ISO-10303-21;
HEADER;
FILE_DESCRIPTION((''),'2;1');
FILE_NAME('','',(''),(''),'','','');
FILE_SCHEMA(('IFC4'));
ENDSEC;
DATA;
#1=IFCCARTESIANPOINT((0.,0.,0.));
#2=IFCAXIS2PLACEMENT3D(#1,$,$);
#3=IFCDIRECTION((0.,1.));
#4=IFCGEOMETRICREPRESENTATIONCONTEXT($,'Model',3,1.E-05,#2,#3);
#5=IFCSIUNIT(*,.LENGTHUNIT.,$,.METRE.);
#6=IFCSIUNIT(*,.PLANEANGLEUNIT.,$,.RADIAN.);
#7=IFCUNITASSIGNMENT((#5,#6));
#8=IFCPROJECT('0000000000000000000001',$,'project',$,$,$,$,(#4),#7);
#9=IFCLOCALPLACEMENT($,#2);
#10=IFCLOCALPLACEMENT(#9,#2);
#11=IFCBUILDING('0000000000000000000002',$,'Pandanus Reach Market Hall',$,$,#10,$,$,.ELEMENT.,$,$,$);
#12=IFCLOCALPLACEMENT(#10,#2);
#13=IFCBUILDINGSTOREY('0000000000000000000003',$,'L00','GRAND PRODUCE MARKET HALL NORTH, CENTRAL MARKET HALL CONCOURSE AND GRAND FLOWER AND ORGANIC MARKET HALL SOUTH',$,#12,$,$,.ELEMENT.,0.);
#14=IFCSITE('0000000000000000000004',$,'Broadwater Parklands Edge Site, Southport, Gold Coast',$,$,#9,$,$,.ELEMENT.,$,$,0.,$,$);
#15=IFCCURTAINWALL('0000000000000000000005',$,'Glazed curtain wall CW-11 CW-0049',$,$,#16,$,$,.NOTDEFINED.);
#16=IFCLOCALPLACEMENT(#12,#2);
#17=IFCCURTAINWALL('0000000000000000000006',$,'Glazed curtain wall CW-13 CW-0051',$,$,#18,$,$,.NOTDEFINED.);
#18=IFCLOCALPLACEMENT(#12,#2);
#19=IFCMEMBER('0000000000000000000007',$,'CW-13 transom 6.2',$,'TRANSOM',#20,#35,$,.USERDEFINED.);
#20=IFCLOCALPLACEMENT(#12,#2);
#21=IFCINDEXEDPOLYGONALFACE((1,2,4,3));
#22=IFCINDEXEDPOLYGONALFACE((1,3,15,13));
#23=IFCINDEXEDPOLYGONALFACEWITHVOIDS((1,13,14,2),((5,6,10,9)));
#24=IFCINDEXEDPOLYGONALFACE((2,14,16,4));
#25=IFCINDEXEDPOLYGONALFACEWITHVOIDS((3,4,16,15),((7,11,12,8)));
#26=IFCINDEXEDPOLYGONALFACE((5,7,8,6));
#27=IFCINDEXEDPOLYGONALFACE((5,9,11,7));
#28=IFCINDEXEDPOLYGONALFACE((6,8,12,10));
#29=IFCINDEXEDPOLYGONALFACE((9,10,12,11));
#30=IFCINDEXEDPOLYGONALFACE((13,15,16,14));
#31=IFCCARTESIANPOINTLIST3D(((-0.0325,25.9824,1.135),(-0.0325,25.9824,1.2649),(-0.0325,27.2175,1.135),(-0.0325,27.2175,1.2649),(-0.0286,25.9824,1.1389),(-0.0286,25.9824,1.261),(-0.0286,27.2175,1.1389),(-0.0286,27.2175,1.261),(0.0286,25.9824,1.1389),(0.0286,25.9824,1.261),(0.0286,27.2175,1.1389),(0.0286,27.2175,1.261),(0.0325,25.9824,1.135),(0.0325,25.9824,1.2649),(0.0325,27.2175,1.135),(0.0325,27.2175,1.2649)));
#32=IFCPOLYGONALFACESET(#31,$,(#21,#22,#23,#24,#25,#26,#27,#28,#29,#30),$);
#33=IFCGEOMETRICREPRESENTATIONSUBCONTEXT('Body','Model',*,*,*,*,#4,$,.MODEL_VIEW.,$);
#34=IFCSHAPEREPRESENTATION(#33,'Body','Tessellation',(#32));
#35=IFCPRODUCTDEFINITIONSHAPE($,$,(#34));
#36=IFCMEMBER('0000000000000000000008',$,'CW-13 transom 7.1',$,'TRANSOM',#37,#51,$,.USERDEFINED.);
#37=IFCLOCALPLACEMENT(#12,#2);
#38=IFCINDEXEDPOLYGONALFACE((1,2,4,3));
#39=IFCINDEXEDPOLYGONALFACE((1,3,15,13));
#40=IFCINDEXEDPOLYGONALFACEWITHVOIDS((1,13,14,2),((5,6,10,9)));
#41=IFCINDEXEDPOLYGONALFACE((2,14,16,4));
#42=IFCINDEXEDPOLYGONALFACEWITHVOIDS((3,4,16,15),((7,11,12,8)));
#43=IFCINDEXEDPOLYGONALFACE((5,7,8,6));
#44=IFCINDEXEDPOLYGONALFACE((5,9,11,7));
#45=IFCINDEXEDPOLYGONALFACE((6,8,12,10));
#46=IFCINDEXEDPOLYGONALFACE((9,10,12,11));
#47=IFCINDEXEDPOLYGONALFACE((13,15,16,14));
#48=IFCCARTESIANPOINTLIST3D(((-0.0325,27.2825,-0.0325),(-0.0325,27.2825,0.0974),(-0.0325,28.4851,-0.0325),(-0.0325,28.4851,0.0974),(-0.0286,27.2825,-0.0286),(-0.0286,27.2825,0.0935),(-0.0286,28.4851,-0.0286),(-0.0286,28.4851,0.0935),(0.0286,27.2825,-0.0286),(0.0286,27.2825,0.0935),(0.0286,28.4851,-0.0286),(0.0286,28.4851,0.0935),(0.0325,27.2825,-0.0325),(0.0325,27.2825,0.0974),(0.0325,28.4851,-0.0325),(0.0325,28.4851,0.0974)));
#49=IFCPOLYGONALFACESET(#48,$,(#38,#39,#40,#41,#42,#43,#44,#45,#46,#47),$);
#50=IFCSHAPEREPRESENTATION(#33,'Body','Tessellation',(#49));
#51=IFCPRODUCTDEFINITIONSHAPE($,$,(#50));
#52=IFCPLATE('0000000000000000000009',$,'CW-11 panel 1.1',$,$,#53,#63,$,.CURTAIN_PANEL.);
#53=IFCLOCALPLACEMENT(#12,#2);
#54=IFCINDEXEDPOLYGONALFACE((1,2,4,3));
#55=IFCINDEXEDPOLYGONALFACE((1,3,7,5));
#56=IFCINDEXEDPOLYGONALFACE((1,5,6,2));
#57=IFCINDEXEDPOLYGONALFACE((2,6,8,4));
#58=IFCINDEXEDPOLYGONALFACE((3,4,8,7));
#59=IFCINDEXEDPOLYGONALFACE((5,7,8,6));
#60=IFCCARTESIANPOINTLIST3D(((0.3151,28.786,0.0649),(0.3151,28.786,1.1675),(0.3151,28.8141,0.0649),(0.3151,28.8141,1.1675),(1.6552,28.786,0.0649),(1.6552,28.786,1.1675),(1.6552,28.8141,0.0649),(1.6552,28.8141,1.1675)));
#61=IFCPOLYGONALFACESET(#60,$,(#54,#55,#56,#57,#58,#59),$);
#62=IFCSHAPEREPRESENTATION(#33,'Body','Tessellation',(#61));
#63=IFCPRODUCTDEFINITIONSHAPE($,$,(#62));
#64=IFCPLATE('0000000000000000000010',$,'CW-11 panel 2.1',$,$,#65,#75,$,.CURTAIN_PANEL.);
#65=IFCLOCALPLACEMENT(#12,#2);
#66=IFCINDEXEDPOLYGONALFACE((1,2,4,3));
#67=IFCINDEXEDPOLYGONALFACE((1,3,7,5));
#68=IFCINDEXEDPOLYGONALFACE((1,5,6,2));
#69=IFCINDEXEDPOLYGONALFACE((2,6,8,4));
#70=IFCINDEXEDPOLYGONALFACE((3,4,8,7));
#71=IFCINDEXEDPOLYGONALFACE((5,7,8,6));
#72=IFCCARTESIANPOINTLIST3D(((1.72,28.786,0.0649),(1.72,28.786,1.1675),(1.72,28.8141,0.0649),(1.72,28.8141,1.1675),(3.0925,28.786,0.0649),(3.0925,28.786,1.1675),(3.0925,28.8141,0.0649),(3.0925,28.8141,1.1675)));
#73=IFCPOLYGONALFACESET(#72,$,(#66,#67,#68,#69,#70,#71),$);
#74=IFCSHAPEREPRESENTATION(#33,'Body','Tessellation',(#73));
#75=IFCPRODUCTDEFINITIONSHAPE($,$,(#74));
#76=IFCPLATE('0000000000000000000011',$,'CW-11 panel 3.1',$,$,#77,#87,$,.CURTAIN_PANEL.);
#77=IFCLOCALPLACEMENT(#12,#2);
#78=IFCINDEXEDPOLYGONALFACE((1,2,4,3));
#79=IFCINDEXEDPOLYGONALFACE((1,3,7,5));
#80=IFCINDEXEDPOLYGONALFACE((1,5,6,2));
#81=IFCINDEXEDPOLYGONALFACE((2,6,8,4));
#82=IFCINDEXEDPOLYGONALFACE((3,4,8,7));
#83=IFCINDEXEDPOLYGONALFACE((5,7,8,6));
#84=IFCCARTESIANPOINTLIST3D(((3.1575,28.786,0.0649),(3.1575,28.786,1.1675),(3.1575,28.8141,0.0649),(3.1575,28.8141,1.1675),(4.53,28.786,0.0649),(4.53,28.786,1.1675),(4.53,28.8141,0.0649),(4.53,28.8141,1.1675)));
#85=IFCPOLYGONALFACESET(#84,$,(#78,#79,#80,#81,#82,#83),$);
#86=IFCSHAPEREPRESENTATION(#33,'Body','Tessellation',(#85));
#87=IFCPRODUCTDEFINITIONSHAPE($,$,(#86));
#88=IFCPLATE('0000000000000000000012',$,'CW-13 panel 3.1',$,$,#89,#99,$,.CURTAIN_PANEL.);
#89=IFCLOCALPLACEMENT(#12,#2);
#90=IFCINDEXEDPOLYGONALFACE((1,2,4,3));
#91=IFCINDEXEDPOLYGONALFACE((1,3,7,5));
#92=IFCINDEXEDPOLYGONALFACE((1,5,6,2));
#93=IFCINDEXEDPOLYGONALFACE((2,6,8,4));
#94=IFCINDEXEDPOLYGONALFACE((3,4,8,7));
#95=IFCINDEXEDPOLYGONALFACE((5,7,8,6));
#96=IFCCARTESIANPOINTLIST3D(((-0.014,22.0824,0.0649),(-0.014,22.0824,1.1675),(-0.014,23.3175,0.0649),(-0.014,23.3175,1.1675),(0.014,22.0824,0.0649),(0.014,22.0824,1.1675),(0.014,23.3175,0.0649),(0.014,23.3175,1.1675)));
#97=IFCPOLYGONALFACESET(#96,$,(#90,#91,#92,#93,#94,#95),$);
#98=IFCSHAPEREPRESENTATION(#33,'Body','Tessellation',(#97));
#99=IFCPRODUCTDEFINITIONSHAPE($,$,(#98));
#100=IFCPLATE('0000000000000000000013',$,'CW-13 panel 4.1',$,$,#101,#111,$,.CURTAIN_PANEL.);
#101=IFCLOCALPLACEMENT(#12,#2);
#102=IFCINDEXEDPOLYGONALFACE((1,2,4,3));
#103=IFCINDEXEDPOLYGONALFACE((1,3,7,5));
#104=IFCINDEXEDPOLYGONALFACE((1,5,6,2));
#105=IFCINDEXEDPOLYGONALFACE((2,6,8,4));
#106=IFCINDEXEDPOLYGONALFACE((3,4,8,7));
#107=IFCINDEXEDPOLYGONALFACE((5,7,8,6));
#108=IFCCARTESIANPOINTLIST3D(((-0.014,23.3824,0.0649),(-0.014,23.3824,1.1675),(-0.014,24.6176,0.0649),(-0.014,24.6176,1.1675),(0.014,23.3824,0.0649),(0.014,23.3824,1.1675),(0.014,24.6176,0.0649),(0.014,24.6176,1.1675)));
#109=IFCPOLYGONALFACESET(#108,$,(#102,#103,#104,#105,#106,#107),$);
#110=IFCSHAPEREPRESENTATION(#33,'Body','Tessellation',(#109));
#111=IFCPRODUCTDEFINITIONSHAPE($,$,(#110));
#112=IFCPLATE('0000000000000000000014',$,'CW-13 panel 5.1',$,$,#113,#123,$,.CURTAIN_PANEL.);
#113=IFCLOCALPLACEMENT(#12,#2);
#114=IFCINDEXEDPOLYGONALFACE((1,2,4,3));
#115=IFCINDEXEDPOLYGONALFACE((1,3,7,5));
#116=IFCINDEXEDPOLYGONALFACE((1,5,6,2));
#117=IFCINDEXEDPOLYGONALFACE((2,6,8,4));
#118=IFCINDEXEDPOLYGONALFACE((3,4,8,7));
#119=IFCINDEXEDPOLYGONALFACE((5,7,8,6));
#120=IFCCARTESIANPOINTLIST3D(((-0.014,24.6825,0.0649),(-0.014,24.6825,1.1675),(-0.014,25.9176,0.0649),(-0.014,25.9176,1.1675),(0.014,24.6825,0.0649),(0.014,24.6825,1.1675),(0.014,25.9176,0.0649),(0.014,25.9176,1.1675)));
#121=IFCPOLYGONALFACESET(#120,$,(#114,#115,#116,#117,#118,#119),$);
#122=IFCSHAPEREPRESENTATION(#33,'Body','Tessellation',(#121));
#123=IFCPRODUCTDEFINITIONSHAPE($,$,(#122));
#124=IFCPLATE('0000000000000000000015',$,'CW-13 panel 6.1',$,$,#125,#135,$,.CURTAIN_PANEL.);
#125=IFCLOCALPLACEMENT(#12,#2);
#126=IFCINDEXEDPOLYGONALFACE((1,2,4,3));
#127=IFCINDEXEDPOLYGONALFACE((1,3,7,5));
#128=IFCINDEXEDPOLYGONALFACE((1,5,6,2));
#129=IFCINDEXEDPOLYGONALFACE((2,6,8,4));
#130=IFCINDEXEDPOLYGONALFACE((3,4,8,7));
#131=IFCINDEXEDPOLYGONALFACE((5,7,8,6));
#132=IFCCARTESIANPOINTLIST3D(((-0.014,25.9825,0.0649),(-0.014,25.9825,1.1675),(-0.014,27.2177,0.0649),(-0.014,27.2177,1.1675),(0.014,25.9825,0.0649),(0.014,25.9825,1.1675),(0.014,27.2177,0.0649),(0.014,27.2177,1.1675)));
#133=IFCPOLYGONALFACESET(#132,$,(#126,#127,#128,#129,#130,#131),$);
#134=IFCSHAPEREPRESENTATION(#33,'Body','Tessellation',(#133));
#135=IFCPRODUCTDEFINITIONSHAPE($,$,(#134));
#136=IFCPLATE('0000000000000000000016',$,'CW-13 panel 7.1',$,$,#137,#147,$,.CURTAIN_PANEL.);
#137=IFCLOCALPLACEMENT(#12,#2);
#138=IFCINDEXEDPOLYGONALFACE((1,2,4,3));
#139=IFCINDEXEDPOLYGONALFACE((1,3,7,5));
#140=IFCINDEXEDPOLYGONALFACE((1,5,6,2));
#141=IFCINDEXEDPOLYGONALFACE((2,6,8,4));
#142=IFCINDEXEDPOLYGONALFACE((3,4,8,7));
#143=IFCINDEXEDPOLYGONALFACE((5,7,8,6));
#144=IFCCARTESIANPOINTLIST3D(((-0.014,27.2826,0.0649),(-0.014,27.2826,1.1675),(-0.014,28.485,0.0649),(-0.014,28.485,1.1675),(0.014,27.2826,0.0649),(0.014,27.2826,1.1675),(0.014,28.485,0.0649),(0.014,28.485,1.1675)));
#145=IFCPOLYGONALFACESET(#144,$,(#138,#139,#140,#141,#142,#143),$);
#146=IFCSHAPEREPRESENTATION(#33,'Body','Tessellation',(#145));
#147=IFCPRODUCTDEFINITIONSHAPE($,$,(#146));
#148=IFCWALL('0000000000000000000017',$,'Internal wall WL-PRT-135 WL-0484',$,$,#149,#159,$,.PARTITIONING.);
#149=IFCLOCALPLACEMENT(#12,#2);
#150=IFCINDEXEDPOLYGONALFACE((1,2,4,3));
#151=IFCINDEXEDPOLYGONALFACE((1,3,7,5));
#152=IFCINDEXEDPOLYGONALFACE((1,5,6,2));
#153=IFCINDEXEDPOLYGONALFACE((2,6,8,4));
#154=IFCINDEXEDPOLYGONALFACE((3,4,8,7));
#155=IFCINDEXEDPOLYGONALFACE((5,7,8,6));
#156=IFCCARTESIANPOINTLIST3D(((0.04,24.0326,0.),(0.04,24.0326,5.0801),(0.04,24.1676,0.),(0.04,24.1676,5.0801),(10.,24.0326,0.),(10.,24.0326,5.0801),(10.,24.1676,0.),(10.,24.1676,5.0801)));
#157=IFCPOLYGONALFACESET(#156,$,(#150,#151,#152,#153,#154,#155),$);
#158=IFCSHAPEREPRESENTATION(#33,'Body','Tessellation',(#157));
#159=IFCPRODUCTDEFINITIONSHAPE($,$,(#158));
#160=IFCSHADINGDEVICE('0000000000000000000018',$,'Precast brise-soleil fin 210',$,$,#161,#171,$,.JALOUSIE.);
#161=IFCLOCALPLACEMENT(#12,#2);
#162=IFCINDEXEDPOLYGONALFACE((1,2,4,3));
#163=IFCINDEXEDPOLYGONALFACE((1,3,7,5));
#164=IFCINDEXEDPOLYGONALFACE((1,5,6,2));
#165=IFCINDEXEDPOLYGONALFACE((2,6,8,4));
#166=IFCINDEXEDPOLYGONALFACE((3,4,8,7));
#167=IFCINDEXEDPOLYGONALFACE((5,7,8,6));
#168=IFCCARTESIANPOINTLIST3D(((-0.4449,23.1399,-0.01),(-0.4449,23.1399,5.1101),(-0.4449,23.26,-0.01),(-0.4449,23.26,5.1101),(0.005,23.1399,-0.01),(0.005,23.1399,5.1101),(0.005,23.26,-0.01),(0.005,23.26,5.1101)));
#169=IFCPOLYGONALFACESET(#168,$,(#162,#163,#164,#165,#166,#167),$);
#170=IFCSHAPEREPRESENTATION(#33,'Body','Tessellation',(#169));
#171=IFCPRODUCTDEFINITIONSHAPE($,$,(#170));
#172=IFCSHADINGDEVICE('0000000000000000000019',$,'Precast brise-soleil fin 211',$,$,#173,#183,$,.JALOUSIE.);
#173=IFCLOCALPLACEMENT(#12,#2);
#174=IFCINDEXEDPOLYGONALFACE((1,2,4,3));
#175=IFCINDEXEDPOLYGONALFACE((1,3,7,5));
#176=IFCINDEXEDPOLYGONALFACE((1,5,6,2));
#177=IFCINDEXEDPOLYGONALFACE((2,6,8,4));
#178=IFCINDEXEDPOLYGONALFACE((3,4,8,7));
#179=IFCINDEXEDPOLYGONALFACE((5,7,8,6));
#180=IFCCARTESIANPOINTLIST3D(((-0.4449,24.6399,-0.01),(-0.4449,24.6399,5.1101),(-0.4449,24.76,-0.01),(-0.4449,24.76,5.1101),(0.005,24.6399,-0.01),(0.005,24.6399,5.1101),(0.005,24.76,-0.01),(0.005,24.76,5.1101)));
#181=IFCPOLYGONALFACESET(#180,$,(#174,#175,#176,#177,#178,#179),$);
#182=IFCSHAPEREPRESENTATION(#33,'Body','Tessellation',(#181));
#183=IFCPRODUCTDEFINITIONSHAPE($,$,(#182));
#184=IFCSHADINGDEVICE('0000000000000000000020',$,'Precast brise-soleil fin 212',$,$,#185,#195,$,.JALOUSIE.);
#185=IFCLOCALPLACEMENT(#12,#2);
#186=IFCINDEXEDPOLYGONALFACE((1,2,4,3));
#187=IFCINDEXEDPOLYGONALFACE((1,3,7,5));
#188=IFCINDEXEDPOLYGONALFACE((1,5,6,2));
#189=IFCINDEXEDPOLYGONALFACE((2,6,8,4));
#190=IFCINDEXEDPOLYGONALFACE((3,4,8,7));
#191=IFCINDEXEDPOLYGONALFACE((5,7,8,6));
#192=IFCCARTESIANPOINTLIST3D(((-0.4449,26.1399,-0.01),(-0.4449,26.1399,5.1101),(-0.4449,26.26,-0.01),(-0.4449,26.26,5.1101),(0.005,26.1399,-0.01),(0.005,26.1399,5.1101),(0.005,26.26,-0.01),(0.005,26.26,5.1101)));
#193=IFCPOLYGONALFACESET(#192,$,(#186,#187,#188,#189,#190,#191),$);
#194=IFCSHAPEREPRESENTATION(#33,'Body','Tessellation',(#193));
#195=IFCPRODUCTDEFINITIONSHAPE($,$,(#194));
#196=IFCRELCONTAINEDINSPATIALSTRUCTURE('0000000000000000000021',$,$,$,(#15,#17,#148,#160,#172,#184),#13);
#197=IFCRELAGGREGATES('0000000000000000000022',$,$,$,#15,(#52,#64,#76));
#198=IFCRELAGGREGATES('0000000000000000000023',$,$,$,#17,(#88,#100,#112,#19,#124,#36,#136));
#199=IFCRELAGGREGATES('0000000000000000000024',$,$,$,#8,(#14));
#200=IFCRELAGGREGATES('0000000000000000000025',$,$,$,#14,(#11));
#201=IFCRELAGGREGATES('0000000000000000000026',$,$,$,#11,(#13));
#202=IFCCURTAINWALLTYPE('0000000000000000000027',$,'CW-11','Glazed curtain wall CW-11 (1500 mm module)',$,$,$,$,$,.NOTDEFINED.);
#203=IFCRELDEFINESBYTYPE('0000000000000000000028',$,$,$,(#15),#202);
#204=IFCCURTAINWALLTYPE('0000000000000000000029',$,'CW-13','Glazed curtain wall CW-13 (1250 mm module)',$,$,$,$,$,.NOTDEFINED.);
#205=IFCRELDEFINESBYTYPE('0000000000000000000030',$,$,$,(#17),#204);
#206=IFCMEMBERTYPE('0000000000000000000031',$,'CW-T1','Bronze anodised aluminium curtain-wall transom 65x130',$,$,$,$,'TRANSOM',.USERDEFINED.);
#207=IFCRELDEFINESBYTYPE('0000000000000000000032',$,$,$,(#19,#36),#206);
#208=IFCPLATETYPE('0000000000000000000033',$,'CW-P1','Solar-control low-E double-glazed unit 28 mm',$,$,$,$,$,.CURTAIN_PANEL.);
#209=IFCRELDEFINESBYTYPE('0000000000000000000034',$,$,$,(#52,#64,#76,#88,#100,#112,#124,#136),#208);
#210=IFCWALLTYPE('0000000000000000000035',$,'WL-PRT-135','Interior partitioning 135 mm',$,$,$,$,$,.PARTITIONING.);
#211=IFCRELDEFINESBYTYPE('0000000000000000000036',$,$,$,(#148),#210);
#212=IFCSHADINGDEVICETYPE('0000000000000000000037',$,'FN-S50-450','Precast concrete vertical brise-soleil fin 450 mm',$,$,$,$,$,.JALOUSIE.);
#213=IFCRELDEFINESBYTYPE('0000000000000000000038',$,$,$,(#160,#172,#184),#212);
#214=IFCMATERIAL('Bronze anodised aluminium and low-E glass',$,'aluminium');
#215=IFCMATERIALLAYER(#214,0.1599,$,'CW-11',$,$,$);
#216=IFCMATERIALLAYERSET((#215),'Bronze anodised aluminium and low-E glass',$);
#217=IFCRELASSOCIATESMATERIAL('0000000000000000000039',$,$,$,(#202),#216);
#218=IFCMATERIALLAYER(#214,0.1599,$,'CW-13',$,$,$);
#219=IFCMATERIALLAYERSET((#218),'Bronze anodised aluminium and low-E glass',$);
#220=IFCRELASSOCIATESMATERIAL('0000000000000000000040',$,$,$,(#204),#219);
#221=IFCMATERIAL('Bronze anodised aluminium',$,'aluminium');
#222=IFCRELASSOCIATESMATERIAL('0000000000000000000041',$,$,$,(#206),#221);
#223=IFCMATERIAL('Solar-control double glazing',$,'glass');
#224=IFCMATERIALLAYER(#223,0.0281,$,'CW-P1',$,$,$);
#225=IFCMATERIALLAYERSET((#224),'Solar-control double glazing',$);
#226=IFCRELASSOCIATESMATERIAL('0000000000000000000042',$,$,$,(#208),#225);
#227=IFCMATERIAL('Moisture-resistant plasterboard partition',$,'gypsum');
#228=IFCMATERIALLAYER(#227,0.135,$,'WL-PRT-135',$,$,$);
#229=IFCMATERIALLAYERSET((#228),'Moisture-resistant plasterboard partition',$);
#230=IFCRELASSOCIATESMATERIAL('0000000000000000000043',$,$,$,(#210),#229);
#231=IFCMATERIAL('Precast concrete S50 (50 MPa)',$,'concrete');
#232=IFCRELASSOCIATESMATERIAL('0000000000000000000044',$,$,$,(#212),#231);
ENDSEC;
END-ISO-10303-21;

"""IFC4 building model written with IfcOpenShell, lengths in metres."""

from ifc_helpers import new_model, si_unit, direction, frame, frame_2d, origin, origin_2d, place, context, subcontext, project, spatial, rectangle, hollow_rectangle, extrude, material, layer, layer_set, material_profile, profile_set, type_object, element, aggregate, save


model = new_model("IFC4")

# Units and contexts
model_context = context("Model", 3, precision=1e-05, world=origin(), true_north=direction((0.0, 1.0)))
body_context = subcontext(model_context, "Body", "Model", "MODEL_VIEW")
ifc_project = project(units=[si_unit("LENGTHUNIT", "METRE"), si_unit("PLANEANGLEUNIT", "RADIAN")], contexts=[model_context])

# Site, building, storey
site_placement = place(None, origin())
site = spatial("IfcSite", under=ifc_project, at=site_placement, Name="Broadwater Parklands Edge Site, Southport, Gold Coast", CompositionType="ELEMENT", RefElevation=0.0)
building_placement = place(site_placement, origin())
building = spatial("IfcBuilding", under=site, at=building_placement, Name="Pandanus Reach Market Hall", CompositionType="ELEMENT")
storey_placement = place(building_placement, origin())
storey = spatial("IfcBuildingStorey", under=building, at=storey_placement, Name="L00", Description="GRAND PRODUCE MARKET HALL NORTH, CENTRAL MARKET HALL CONCOURSE AND GRAND FLOWER AND ORGANIC MARKET HALL SOUTH", CompositionType="ELEMENT", Elevation=0.0)

# Curtain walls
ifc_material_1 = material(Name="Bronze anodised aluminium and low-E glass", Category="aluminium")
ifc_layer_1 = layer(ifc_material_1, 0.1599, Name="CW-11")
ifc_layer_set_1 = layer_set([ifc_layer_1], Name="Bronze anodised aluminium and low-E glass")
curtain_wall_type_1 = type_object("IfcCurtainWallType", Name="CW-11", Description="Glazed curtain wall CW-11 (1500 mm module)", PredefinedType="NOTDEFINED", material=ifc_layer_set_1)
curtain_wall_1_placement = place(storey_placement, origin())
curtain_wall_1 = element("IfcCurtainWall", 1, at=curtain_wall_1_placement, inside=storey, type_object=curtain_wall_type_1, Name="Glazed curtain wall CW-11 CW-0049", PredefinedType="NOTDEFINED")
ifc_material_2 = material(Name="Bronze anodised aluminium", Category="aluminium")
ifc_layer_2 = layer(ifc_material_1, 0.1599, Name="CW-13")
ifc_layer_set_2 = layer_set([ifc_layer_2], Name="Bronze anodised aluminium and low-E glass")
curtain_wall_type_2 = type_object("IfcCurtainWallType", Name="CW-13", Description="Glazed curtain wall CW-13 (1250 mm module)", PredefinedType="NOTDEFINED", material=ifc_layer_set_2)
curtain_wall_2_placement = place(storey_placement, origin())
curtain_wall_2 = element("IfcCurtainWall", 2, at=curtain_wall_2_placement, inside=storey, type_object=curtain_wall_type_2, Name="Glazed curtain wall CW-13 CW-0051", PredefinedType="NOTDEFINED")

# Members
ifc_material_profile_1 = material_profile(ifc_material_2, hollow_rectangle(XDim=0.0649, YDim=0.1299, WallThickness=0.0039, at=origin_2d()), Name="ALU65x130", Category="LoadBearing")
ifc_profile_set_1 = profile_set([ifc_material_profile_1], Name="Bronze anodised aluminium")
member_type_1 = type_object("IfcMemberType", Name="CW-T1", Description="Bronze anodised aluminium curtain-wall transom 65x130", ElementType="TRANSOM", PredefinedType="USERDEFINED", material=ifc_profile_set_1)
member_1_placement = place(storey_placement, frame((0.0, 25.9824, 1.2), z_axis=(0.0, 1.0, 0.0), x_axis=(-1.0, 0.0, 0.0)))
member_1 = element("IfcMember", 3, at=member_1_placement, type_object=member_type_1, Name="CW-13 transom 6.2", ObjectType="TRANSOM", PredefinedType="USERDEFINED", context=body_context, shape_type="SweptSolid", body=[
    extrude(hollow_rectangle(XDim=0.0649, YDim=0.1299, WallThickness=0.0039, at=origin_2d()), origin(), (0.0, 0.0, 1.0), 1.2351),
])
member_2_placement = place(storey_placement, frame((0.0, 27.2825, 0.0325), z_axis=(0.0, 1.0, 0.0), x_axis=(-1.0, 0.0, 0.0)))
member_2 = element("IfcMember", 4, at=member_2_placement, type_object=member_type_1, Name="CW-13 transom 7.1", ObjectType="TRANSOM", PredefinedType="USERDEFINED", context=body_context, shape_type="SweptSolid", body=[
    extrude(hollow_rectangle(XDim=0.0649, YDim=0.1299, WallThickness=0.0039, at=origin_2d()), origin(), (0.0, 0.0, 1.0), 1.2026),
])

# Plates
ifc_material_3 = material(Name="Solar-control double glazing", Category="glass")
ifc_layer_3 = layer(ifc_material_3, 0.0281, Name="CW-P1")
ifc_layer_set_3 = layer_set([ifc_layer_3], Name="Solar-control double glazing")
plate_type = type_object("IfcPlateType", Name="CW-P1", Description="Solar-control low-E double-glazed unit 28 mm", PredefinedType="CURTAIN_PANEL", material=ifc_layer_set_3)
plate_1_placement = place(storey_placement, frame((0.9851, 28.8, 0.0649), z_axis=(0.0, 0.0, 1.0), x_axis=(1.0, 0.0, 0.0)))
plate_1 = element("IfcPlate", 5, at=plate_1_placement, type_object=plate_type, Name="CW-11 panel 1.1", PredefinedType="CURTAIN_PANEL", context=body_context, shape_type="SweptSolid", body=[
    extrude(rectangle(XDim=1.3401, YDim=0.0281, at=origin_2d()), origin(), (0.0, 0.0, 1.0), 1.1025),
])
plate_2_placement = place(storey_placement, frame((2.4062, 28.8, 0.0649), z_axis=(0.0, 0.0, 1.0), x_axis=(1.0, 0.0, 0.0)))
plate_2 = element("IfcPlate", 6, at=plate_2_placement, type_object=plate_type, Name="CW-11 panel 2.1", PredefinedType="CURTAIN_PANEL", context=body_context, shape_type="SweptSolid", body=[
    extrude(rectangle(XDim=1.3726, YDim=0.0281, at=origin_2d()), origin(), (0.0, 0.0, 1.0), 1.1025),
])
plate_3_placement = place(storey_placement, frame((3.8438, 28.8, 0.0649), z_axis=(0.0, 0.0, 1.0), x_axis=(1.0, 0.0, 0.0)))
plate_3 = element("IfcPlate", 7, at=plate_3_placement, type_object=plate_type, Name="CW-11 panel 3.1", PredefinedType="CURTAIN_PANEL", context=body_context, shape_type="SweptSolid", body=[
    extrude(rectangle(XDim=1.3726, YDim=0.0281, at=origin_2d()), origin(), (0.0, 0.0, 1.0), 1.1025),
])
aggregate(curtain_wall_1, [plate_1, plate_2, plate_3])
plate_4_placement = place(storey_placement, frame((0.0, 22.7, 0.0649), z_axis=(0.0, 0.0, 1.0), x_axis=(0.0, 1.0, 0.0)))
plate_4 = element("IfcPlate", 8, at=plate_4_placement, type_object=plate_type, Name="CW-13 panel 3.1", PredefinedType="CURTAIN_PANEL", context=body_context, shape_type="SweptSolid", body=[
    extrude(rectangle(XDim=1.2351, YDim=0.0281, at=origin_2d()), origin(), (0.0, 0.0, 1.0), 1.1025),
])
plate_5_placement = place(storey_placement, frame((0.0, 24.0, 0.0649), z_axis=(0.0, 0.0, 1.0), x_axis=(0.0, 1.0, 0.0)))
plate_5 = element("IfcPlate", 9, at=plate_5_placement, type_object=plate_type, Name="CW-13 panel 4.1", PredefinedType="CURTAIN_PANEL", context=body_context, shape_type="SweptSolid", body=[
    extrude(rectangle(XDim=1.2351, YDim=0.0281, at=origin_2d()), origin(), (0.0, 0.0, 1.0), 1.1025),
])
plate_6_placement = place(storey_placement, frame((0.0, 25.3, 0.0649), z_axis=(0.0, 0.0, 1.0), x_axis=(0.0, 1.0, 0.0)))
plate_6 = element("IfcPlate", 10, at=plate_6_placement, type_object=plate_type, Name="CW-13 panel 5.1", PredefinedType="CURTAIN_PANEL", context=body_context, shape_type="SweptSolid", body=[
    extrude(rectangle(XDim=1.2351, YDim=0.0281, at=origin_2d()), origin(), (0.0, 0.0, 1.0), 1.1025),
])
plate_7_placement = place(storey_placement, frame((0.0, 26.6001, 0.0649), z_axis=(0.0, 0.0, 1.0), x_axis=(0.0, 1.0, 0.0)))
plate_7 = element("IfcPlate", 11, at=plate_7_placement, type_object=plate_type, Name="CW-13 panel 6.1", PredefinedType="CURTAIN_PANEL", context=body_context, shape_type="SweptSolid", body=[
    extrude(rectangle(XDim=1.2351, YDim=0.0281, at=origin_2d()), origin(), (0.0, 0.0, 1.0), 1.1025),
])
plate_8_placement = place(storey_placement, frame((0.0, 27.8838, 0.0649), z_axis=(0.0, 0.0, 1.0), x_axis=(0.0, 1.0, 0.0)))
plate_8 = element("IfcPlate", 12, at=plate_8_placement, type_object=plate_type, Name="CW-13 panel 7.1", PredefinedType="CURTAIN_PANEL", context=body_context, shape_type="SweptSolid", body=[
    extrude(rectangle(XDim=1.2024, YDim=0.0281, at=origin_2d()), origin(), (0.0, 0.0, 1.0), 1.1025),
])
aggregate(curtain_wall_2, [plate_4, plate_5, plate_6, member_1, plate_7, member_2, plate_8])

# Wall
ifc_material_4 = material(Name="Moisture-resistant plasterboard partition", Category="gypsum")
ifc_layer_4 = layer(ifc_material_4, 0.135, Name="WL-PRT-135")
ifc_layer_set_4 = layer_set([ifc_layer_4], Name="Moisture-resistant plasterboard partition")
wall_type = type_object("IfcWallType", Name="WL-PRT-135", Description="Interior partitioning 135 mm", PredefinedType="PARTITIONING", material=ifc_layer_set_4)
wall_placement = place(storey_placement, frame((0.04, 24.1001, 0.0), z_axis=(0.0, 0.0, 1.0), x_axis=(1.0, 0.0, 0.0)))
element("IfcWall", 13, at=wall_placement, inside=storey, type_object=wall_type, Name="Internal wall WL-PRT-135 WL-0484", PredefinedType="PARTITIONING", context=body_context, shape_type="SweptSolid", body=[
    extrude(rectangle(XDim=9.96, YDim=0.135, at=frame_2d((4.98, 0.0))), origin(), (0.0, 0.0, 1.0), 5.0801),
])

# Shading devices
ifc_material_5 = material(Name="Precast concrete S50 (50 MPa)", Category="concrete")
shading_device_type = type_object("IfcShadingDeviceType", Name="FN-S50-450", Description="Precast concrete vertical brise-soleil fin 450 mm", PredefinedType="JALOUSIE", material=ifc_material_5)
for number, where, z_axis, x_axis, name in (
    (14, (-0.22, 23.2, -0.01), (0.0, 0.0, 1.0), (-1.0, 0.0, 0.0), "Precast brise-soleil fin 210"),
    (15, (-0.22, 24.7, -0.01), (0.0, 0.0, 1.0), (-1.0, 0.0, 0.0), "Precast brise-soleil fin 211"),
    (16, (-0.22, 26.2, -0.01), (0.0, 0.0, 1.0), (-1.0, 0.0, 0.0), "Precast brise-soleil fin 212"),
):
    element("IfcShadingDevice", number, at=place(storey_placement, frame(where, z_axis=z_axis, x_axis=x_axis)), inside=storey, type_object=shading_device_type, Name=name, PredefinedType="JALOUSIE", context=body_context, shape_type="SweptSolid", body=[
        extrude(rectangle(XDim=0.45, YDim=0.1201, at=origin_2d()), origin(), (0.0, 0.0, 1.0), 5.1201),
    ])

save(model, "model.ifc")
